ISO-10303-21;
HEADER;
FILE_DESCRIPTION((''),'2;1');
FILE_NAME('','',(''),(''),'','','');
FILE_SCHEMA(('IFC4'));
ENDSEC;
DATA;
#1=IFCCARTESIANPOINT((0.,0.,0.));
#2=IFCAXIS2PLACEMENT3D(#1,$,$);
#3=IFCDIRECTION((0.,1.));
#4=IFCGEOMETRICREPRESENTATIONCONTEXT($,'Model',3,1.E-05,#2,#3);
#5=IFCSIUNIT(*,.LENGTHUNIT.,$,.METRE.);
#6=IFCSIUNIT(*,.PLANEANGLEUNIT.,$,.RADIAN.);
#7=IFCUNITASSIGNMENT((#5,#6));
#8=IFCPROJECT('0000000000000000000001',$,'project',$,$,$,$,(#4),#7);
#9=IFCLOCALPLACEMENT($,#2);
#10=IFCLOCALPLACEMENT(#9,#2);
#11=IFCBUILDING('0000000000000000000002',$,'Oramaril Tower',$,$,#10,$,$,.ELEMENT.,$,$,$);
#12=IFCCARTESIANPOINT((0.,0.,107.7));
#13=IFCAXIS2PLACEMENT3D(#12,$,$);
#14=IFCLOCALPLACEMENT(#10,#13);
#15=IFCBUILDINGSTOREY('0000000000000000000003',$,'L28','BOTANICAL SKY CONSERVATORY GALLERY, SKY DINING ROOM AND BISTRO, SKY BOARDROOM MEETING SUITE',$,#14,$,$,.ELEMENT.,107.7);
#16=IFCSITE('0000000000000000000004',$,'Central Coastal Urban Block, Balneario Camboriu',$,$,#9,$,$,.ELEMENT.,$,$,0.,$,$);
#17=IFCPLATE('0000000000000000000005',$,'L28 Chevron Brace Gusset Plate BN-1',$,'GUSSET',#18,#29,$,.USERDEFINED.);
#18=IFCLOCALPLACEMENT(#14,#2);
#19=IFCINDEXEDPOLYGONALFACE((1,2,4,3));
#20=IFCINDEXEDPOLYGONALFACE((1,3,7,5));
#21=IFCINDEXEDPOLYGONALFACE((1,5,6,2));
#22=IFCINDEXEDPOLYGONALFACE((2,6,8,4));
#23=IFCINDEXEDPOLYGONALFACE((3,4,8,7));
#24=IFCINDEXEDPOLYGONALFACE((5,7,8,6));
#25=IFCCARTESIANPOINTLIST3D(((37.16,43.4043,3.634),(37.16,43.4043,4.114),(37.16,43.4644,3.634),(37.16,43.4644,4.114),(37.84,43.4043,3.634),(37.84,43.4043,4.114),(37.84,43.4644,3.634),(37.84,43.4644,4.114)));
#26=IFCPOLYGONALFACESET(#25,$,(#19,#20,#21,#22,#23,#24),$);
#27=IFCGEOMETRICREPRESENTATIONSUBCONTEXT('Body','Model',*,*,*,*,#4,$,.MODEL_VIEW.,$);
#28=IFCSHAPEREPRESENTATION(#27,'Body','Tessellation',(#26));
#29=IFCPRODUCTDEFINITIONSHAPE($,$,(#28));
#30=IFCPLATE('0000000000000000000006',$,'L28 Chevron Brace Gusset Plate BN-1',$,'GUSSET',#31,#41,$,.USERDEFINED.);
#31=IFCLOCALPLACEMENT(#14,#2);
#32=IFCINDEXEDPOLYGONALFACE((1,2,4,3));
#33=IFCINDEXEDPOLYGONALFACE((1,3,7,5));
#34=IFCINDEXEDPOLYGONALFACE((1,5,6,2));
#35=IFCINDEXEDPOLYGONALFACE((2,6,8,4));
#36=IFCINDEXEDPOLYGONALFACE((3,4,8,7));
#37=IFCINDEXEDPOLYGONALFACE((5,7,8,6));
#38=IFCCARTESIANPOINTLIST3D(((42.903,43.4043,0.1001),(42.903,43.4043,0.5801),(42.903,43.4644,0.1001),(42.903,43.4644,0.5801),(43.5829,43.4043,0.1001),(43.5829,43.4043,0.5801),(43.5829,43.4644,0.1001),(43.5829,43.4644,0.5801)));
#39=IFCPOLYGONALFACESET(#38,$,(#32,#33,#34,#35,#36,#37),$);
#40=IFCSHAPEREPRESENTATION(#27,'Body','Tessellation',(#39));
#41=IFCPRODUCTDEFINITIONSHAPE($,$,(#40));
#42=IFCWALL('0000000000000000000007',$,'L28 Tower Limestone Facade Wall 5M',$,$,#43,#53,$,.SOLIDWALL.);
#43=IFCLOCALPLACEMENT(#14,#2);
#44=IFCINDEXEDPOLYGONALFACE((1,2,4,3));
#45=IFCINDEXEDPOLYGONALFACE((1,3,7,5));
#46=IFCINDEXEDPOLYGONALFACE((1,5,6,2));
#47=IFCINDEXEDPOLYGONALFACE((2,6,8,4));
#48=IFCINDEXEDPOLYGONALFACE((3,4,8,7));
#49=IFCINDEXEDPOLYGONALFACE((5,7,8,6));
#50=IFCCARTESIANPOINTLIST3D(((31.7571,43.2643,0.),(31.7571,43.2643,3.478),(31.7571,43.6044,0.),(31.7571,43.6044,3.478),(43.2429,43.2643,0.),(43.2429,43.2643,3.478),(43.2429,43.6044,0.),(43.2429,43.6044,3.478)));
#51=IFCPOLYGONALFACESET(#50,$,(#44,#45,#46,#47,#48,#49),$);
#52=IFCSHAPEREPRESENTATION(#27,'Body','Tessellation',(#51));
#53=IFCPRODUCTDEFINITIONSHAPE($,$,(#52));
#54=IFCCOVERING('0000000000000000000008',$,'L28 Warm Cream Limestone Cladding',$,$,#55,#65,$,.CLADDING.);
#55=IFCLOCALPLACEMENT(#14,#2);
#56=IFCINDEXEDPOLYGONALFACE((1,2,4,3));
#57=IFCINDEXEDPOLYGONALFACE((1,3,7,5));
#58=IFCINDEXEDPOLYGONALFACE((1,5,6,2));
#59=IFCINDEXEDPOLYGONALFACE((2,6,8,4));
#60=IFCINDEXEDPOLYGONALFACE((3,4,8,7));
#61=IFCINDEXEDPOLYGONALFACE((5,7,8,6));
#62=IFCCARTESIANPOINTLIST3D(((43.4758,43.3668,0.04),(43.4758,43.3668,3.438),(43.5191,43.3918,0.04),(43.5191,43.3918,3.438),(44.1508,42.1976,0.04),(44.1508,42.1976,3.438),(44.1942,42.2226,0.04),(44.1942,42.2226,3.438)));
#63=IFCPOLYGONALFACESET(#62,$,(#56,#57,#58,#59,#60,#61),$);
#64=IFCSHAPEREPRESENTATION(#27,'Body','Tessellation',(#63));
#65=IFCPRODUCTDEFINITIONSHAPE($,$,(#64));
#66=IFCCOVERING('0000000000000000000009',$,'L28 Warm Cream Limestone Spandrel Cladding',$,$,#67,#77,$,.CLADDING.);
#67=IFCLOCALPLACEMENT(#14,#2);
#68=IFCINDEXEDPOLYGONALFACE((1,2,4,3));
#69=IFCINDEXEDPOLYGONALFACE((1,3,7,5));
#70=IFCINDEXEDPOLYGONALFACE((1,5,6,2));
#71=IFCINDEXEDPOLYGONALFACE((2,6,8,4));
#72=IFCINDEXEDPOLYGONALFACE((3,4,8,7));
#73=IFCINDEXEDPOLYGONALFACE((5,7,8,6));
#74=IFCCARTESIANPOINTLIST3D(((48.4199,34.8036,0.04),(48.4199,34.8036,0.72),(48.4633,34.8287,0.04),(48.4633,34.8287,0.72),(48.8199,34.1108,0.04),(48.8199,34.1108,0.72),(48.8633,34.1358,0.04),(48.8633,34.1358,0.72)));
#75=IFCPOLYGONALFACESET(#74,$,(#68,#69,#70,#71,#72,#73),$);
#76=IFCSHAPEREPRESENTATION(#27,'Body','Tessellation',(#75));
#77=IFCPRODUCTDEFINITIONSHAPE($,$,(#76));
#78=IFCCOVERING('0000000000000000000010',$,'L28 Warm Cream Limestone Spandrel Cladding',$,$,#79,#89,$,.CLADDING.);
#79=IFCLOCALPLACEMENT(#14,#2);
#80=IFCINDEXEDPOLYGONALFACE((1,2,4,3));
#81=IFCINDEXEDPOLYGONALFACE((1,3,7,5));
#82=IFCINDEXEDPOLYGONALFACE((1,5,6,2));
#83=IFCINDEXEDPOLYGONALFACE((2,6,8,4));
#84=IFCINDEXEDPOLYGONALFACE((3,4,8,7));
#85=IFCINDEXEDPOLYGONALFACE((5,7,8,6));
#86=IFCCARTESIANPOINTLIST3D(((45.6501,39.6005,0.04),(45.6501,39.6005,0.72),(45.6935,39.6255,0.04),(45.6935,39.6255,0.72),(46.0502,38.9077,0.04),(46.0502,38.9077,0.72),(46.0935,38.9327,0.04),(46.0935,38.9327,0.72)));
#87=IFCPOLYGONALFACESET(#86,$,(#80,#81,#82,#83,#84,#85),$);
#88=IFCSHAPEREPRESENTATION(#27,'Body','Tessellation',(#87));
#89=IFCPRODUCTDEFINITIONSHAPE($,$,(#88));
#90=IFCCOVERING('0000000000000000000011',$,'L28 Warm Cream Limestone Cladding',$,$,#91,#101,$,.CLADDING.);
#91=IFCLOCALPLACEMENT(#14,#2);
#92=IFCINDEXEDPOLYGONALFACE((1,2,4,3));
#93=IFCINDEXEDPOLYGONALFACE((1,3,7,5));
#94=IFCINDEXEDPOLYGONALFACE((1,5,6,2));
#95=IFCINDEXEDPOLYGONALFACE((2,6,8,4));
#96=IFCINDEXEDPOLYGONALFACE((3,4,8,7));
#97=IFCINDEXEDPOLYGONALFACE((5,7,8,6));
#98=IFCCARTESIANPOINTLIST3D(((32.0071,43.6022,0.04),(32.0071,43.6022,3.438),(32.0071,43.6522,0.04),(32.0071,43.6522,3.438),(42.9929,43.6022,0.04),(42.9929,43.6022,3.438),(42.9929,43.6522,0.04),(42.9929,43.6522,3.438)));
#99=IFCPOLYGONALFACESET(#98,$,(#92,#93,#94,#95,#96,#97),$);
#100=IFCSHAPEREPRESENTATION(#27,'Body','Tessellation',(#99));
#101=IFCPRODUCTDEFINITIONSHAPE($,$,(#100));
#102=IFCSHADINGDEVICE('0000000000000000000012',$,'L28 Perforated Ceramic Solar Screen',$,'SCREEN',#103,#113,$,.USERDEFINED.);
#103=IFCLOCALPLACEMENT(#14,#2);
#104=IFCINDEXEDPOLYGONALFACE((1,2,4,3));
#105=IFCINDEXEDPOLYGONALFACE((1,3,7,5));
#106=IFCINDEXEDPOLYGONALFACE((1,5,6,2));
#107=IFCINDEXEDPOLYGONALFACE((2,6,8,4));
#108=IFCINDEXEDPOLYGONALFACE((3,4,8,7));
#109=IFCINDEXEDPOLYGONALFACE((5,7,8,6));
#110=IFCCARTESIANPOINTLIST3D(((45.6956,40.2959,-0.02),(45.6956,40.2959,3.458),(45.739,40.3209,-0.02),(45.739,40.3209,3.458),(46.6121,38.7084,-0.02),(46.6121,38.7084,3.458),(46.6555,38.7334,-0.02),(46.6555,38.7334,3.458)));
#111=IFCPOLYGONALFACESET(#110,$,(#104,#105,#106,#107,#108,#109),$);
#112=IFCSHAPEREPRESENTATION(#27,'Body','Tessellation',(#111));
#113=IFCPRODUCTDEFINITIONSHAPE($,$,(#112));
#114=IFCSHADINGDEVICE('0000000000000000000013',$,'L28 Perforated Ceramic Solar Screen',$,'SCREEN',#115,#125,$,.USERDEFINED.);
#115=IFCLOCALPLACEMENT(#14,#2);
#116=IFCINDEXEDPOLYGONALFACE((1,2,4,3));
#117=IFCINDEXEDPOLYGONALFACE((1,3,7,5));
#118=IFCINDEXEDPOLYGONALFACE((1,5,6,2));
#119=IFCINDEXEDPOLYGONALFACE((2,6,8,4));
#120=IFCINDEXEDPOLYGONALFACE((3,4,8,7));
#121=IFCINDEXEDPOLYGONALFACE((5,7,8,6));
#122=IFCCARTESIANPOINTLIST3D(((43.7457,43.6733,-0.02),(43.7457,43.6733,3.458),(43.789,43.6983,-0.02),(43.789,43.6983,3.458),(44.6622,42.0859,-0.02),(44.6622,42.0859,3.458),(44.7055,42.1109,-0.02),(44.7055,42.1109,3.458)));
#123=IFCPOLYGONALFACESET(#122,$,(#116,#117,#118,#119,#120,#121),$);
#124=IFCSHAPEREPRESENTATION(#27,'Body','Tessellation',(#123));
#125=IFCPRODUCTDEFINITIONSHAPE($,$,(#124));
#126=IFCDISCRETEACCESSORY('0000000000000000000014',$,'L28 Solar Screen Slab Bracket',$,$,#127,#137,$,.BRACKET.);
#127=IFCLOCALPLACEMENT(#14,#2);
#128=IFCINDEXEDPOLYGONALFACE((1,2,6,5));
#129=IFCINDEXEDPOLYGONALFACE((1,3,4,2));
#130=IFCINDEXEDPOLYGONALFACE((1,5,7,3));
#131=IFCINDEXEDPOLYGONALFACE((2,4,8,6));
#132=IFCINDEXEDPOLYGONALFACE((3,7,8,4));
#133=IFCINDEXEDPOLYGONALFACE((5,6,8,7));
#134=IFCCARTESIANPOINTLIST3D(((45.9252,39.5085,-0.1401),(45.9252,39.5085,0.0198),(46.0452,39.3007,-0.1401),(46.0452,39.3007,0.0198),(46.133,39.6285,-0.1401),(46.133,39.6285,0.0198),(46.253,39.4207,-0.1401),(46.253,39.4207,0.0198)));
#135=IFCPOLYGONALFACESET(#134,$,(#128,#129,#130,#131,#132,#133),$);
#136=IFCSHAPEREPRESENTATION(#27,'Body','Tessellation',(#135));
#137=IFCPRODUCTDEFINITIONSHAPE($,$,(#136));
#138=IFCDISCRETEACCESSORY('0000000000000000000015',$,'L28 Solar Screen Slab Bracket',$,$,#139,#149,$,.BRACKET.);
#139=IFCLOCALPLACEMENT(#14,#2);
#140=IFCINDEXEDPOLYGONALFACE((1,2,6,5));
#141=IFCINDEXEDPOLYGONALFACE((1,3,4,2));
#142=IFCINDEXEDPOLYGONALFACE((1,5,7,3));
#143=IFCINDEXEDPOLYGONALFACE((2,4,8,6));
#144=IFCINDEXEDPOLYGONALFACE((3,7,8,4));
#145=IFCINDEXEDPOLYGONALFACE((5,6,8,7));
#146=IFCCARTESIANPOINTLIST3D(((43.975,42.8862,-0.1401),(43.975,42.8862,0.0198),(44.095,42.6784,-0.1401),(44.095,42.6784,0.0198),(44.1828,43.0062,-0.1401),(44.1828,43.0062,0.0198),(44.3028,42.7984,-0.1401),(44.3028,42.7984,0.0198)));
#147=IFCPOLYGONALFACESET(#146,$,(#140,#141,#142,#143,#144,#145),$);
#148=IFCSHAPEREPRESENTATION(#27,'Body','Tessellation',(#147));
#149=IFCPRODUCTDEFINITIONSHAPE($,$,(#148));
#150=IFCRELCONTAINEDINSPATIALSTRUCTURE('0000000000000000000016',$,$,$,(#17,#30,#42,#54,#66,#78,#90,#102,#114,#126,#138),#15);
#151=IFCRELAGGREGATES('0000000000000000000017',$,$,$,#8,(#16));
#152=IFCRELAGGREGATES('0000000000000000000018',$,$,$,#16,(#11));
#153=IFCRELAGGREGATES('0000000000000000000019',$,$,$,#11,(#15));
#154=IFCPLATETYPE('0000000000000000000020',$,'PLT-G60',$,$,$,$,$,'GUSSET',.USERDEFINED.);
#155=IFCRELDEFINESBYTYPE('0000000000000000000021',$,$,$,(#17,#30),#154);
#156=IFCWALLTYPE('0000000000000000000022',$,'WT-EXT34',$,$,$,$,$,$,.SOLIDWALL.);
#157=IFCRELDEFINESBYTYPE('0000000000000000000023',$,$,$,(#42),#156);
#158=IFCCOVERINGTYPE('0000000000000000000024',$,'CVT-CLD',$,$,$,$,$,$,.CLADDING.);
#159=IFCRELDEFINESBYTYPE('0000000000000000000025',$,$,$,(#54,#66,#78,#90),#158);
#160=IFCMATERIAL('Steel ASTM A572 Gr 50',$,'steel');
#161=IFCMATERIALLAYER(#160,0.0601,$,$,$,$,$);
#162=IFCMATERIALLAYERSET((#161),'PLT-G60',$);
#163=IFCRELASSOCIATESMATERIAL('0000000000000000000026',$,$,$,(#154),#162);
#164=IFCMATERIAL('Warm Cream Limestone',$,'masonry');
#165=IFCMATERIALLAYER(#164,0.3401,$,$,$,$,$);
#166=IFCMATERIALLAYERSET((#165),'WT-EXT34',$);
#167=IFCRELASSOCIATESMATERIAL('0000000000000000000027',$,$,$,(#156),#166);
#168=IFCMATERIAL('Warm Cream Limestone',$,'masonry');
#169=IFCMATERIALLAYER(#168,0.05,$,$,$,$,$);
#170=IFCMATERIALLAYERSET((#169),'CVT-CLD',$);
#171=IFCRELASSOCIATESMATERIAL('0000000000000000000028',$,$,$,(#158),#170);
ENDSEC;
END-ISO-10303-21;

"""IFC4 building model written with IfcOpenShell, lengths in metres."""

from ifc_helpers import new_model, si_unit, direction, frame, frame_2d, origin, origin_2d, place, context, subcontext, project, spatial, rectangle, extrude, material, layer, layer_set, type_object, element, save


model = new_model("IFC4")

# Units and contexts
model_context = context("Model", 3, precision=1e-05, world=origin(), true_north=direction((0.0, 1.0)))
body_context = subcontext(model_context, "Body", "Model", "MODEL_VIEW")
ifc_project = project(units=[si_unit("LENGTHUNIT", "METRE"), si_unit("PLANEANGLEUNIT", "RADIAN")], contexts=[model_context])

# Site, building, storey
site_placement = place(None, origin())
site = spatial("IfcSite", under=ifc_project, at=site_placement, Name="Central Coastal Urban Block, Balneario Camboriu", CompositionType="ELEMENT", RefElevation=0.0)
building_placement = place(site_placement, origin())
building = spatial("IfcBuilding", under=site, at=building_placement, Name="Oramaril Tower", CompositionType="ELEMENT")
storey_placement = place(building_placement, frame((0.0, 0.0, 107.7)))
storey = spatial("IfcBuildingStorey", under=building, at=storey_placement, Name="L28", Description="BOTANICAL SKY CONSERVATORY GALLERY, SKY DINING ROOM AND BISTRO, SKY BOARDROOM MEETING SUITE", CompositionType="ELEMENT", Elevation=107.7)

# Plates
ifc_material_1 = material(Name="Steel ASTM A572 Gr 50", Category="steel")
ifc_layer_1 = layer(ifc_material_1, 0.0601)
ifc_layer_set_1 = layer_set([ifc_layer_1], Name="PLT-G60")
plate_type = type_object("IfcPlateType", Name="PLT-G60", ElementType="GUSSET", PredefinedType="USERDEFINED", material=ifc_layer_set_1)
for number, where, z_axis, x_axis, name in (
    (1, (37.5, 43.4343, 3.634), (0.0, 0.0, 1.0), (-1.0, 0.0, 0.0), "L28 Chevron Brace Gusset Plate BN-1"),
    (2, (43.2429, 43.4343, 0.1001), (0.0, 0.0, 1.0), (-1.0, 0.0, 0.0), "L28 Chevron Brace Gusset Plate BN-1"),
):
    element("IfcPlate", number, at=place(storey_placement, frame(where, z_axis=z_axis, x_axis=x_axis)), inside=storey, type_object=plate_type, Name=name, ObjectType="GUSSET", PredefinedType="USERDEFINED", context=body_context, shape_type="SweptSolid", body=[
        extrude(rectangle(XDim=0.6799, YDim=0.0601, at=origin_2d()), origin(), (0.0, 0.0, 1.0), 0.48),
    ])

# Wall
ifc_material_2 = material(Name="Warm Cream Limestone", Category="masonry")
ifc_layer_2 = layer(ifc_material_2, 0.3401)
ifc_layer_set_2 = layer_set([ifc_layer_2], Name="WT-EXT34")
wall_type = type_object("IfcWallType", Name="WT-EXT34", PredefinedType="SOLIDWALL", material=ifc_layer_set_2)
wall_placement = place(storey_placement, frame((43.2429, 43.4343, 0.0), z_axis=(0.0, 0.0, 1.0), x_axis=(-1.0, 0.0, 0.0)))
element("IfcWall", 3, at=wall_placement, inside=storey, type_object=wall_type, Name="L28 Tower Limestone Facade Wall 5M", PredefinedType="SOLIDWALL", context=body_context, shape_type="SweptSolid", body=[
    extrude(rectangle(XDim=11.4858, YDim=0.3401, at=frame_2d((5.7429, 0.0))), origin(), (0.0, 0.0, 1.0), 3.478),
])

# Coverings
ifc_material_3 = material(Name="Warm Cream Limestone", Category="masonry")
ifc_layer_3 = layer(ifc_material_3, 0.05)
ifc_layer_set_3 = layer_set([ifc_layer_3], Name="CVT-CLD")
covering_type = type_object("IfcCoveringType", Name="CVT-CLD", PredefinedType="CLADDING", material=ifc_layer_set_3)
covering_1_placement = place(storey_placement, frame((43.835, 42.7947, 0.04), z_axis=(0.0, 0.0, 1.0), x_axis=(-0.499998, 0.866026, 0.0)))
element("IfcCovering", 4, at=covering_1_placement, inside=storey, type_object=covering_type, Name="L28 Warm Cream Limestone Cladding", PredefinedType="CLADDING", context=body_context, shape_type="SweptSolid", body=[
    extrude(rectangle(XDim=1.3501, YDim=0.05, at=origin_2d()), origin(), (0.0, 0.0, 1.0), 3.3979),
])
for number, where, z_axis, x_axis, name in (
    (5, (48.6416, 34.4697, 0.04), (0.0, 0.0, 1.0), (-0.499998, 0.866026, 0.0), "L28 Warm Cream Limestone Spandrel Cladding"),
    (6, (45.8718, 39.2666, 0.04), (0.0, 0.0, 1.0), (-0.499998, 0.866026, 0.0), "L28 Warm Cream Limestone Spandrel Cladding"),
):
    element("IfcCovering", number, at=place(storey_placement, frame(where, z_axis=z_axis, x_axis=x_axis)), inside=storey, type_object=covering_type, Name=name, PredefinedType="CLADDING", context=body_context, shape_type="SweptSolid", body=[
        extrude(rectangle(XDim=0.8, YDim=0.05, at=origin_2d()), origin(), (0.0, 0.0, 1.0), 0.6799),
    ])
covering_2_placement = place(storey_placement, frame((37.5, 43.6272, 0.04), z_axis=(0.0, 0.0, 1.0), x_axis=(-1.0, 0.0, 0.0)))
element("IfcCovering", 7, at=covering_2_placement, inside=storey, type_object=covering_type, Name="L28 Warm Cream Limestone Cladding", PredefinedType="CLADDING", context=body_context, shape_type="SweptSolid", body=[
    extrude(rectangle(XDim=10.9858, YDim=0.05, at=origin_2d()), origin(), (0.0, 0.0, 1.0), 3.3979),
])

# Shading devices
for number, where, z_axis, x_axis, name in (
    (8, (46.1755, 39.5146, -0.02), (0.0, 0.0, 1.0), (-0.5, 0.866025, 0.0), "L28 Perforated Ceramic Solar Screen"),
    (9, (44.2256, 42.8921, -0.02), (0.0, 0.0, 1.0), (-0.5, 0.866025, 0.0), "L28 Perforated Ceramic Solar Screen"),
):
    element("IfcShadingDevice", number, at=place(storey_placement, frame(where, z_axis=z_axis, x_axis=x_axis)), inside=storey, Name=name, ObjectType="SCREEN", PredefinedType="USERDEFINED", context=body_context, shape_type="SweptSolid", body=[
        extrude(rectangle(XDim=1.833, YDim=0.05, at=origin_2d()), origin(), (0.0, 0.0, 1.0), 3.478),
    ])

# Discrete accessories
for number, where, z_axis, x_axis, name in (
    (10, (46.0891, 39.4646, -0.1401), (0.0, 0.0, 1.0), (-0.5, 0.866025, 0.0), "L28 Solar Screen Slab Bracket"),
    (11, (44.1389, 42.8423, -0.1401), (0.0, 0.0, 1.0), (-0.5, 0.866025, 0.0), "L28 Solar Screen Slab Bracket"),
):
    element("IfcDiscreteAccessory", number, at=place(storey_placement, frame(where, z_axis=z_axis, x_axis=x_axis)), inside=storey, Name=name, PredefinedType="BRACKET", context=body_context, shape_type="SweptSolid", body=[
        extrude(rectangle(XDim=0.24, YDim=0.24, at=origin_2d()), origin(), (0.0, 0.0, 1.0), 0.1599),
    ])

save(model, "model.ifc")
